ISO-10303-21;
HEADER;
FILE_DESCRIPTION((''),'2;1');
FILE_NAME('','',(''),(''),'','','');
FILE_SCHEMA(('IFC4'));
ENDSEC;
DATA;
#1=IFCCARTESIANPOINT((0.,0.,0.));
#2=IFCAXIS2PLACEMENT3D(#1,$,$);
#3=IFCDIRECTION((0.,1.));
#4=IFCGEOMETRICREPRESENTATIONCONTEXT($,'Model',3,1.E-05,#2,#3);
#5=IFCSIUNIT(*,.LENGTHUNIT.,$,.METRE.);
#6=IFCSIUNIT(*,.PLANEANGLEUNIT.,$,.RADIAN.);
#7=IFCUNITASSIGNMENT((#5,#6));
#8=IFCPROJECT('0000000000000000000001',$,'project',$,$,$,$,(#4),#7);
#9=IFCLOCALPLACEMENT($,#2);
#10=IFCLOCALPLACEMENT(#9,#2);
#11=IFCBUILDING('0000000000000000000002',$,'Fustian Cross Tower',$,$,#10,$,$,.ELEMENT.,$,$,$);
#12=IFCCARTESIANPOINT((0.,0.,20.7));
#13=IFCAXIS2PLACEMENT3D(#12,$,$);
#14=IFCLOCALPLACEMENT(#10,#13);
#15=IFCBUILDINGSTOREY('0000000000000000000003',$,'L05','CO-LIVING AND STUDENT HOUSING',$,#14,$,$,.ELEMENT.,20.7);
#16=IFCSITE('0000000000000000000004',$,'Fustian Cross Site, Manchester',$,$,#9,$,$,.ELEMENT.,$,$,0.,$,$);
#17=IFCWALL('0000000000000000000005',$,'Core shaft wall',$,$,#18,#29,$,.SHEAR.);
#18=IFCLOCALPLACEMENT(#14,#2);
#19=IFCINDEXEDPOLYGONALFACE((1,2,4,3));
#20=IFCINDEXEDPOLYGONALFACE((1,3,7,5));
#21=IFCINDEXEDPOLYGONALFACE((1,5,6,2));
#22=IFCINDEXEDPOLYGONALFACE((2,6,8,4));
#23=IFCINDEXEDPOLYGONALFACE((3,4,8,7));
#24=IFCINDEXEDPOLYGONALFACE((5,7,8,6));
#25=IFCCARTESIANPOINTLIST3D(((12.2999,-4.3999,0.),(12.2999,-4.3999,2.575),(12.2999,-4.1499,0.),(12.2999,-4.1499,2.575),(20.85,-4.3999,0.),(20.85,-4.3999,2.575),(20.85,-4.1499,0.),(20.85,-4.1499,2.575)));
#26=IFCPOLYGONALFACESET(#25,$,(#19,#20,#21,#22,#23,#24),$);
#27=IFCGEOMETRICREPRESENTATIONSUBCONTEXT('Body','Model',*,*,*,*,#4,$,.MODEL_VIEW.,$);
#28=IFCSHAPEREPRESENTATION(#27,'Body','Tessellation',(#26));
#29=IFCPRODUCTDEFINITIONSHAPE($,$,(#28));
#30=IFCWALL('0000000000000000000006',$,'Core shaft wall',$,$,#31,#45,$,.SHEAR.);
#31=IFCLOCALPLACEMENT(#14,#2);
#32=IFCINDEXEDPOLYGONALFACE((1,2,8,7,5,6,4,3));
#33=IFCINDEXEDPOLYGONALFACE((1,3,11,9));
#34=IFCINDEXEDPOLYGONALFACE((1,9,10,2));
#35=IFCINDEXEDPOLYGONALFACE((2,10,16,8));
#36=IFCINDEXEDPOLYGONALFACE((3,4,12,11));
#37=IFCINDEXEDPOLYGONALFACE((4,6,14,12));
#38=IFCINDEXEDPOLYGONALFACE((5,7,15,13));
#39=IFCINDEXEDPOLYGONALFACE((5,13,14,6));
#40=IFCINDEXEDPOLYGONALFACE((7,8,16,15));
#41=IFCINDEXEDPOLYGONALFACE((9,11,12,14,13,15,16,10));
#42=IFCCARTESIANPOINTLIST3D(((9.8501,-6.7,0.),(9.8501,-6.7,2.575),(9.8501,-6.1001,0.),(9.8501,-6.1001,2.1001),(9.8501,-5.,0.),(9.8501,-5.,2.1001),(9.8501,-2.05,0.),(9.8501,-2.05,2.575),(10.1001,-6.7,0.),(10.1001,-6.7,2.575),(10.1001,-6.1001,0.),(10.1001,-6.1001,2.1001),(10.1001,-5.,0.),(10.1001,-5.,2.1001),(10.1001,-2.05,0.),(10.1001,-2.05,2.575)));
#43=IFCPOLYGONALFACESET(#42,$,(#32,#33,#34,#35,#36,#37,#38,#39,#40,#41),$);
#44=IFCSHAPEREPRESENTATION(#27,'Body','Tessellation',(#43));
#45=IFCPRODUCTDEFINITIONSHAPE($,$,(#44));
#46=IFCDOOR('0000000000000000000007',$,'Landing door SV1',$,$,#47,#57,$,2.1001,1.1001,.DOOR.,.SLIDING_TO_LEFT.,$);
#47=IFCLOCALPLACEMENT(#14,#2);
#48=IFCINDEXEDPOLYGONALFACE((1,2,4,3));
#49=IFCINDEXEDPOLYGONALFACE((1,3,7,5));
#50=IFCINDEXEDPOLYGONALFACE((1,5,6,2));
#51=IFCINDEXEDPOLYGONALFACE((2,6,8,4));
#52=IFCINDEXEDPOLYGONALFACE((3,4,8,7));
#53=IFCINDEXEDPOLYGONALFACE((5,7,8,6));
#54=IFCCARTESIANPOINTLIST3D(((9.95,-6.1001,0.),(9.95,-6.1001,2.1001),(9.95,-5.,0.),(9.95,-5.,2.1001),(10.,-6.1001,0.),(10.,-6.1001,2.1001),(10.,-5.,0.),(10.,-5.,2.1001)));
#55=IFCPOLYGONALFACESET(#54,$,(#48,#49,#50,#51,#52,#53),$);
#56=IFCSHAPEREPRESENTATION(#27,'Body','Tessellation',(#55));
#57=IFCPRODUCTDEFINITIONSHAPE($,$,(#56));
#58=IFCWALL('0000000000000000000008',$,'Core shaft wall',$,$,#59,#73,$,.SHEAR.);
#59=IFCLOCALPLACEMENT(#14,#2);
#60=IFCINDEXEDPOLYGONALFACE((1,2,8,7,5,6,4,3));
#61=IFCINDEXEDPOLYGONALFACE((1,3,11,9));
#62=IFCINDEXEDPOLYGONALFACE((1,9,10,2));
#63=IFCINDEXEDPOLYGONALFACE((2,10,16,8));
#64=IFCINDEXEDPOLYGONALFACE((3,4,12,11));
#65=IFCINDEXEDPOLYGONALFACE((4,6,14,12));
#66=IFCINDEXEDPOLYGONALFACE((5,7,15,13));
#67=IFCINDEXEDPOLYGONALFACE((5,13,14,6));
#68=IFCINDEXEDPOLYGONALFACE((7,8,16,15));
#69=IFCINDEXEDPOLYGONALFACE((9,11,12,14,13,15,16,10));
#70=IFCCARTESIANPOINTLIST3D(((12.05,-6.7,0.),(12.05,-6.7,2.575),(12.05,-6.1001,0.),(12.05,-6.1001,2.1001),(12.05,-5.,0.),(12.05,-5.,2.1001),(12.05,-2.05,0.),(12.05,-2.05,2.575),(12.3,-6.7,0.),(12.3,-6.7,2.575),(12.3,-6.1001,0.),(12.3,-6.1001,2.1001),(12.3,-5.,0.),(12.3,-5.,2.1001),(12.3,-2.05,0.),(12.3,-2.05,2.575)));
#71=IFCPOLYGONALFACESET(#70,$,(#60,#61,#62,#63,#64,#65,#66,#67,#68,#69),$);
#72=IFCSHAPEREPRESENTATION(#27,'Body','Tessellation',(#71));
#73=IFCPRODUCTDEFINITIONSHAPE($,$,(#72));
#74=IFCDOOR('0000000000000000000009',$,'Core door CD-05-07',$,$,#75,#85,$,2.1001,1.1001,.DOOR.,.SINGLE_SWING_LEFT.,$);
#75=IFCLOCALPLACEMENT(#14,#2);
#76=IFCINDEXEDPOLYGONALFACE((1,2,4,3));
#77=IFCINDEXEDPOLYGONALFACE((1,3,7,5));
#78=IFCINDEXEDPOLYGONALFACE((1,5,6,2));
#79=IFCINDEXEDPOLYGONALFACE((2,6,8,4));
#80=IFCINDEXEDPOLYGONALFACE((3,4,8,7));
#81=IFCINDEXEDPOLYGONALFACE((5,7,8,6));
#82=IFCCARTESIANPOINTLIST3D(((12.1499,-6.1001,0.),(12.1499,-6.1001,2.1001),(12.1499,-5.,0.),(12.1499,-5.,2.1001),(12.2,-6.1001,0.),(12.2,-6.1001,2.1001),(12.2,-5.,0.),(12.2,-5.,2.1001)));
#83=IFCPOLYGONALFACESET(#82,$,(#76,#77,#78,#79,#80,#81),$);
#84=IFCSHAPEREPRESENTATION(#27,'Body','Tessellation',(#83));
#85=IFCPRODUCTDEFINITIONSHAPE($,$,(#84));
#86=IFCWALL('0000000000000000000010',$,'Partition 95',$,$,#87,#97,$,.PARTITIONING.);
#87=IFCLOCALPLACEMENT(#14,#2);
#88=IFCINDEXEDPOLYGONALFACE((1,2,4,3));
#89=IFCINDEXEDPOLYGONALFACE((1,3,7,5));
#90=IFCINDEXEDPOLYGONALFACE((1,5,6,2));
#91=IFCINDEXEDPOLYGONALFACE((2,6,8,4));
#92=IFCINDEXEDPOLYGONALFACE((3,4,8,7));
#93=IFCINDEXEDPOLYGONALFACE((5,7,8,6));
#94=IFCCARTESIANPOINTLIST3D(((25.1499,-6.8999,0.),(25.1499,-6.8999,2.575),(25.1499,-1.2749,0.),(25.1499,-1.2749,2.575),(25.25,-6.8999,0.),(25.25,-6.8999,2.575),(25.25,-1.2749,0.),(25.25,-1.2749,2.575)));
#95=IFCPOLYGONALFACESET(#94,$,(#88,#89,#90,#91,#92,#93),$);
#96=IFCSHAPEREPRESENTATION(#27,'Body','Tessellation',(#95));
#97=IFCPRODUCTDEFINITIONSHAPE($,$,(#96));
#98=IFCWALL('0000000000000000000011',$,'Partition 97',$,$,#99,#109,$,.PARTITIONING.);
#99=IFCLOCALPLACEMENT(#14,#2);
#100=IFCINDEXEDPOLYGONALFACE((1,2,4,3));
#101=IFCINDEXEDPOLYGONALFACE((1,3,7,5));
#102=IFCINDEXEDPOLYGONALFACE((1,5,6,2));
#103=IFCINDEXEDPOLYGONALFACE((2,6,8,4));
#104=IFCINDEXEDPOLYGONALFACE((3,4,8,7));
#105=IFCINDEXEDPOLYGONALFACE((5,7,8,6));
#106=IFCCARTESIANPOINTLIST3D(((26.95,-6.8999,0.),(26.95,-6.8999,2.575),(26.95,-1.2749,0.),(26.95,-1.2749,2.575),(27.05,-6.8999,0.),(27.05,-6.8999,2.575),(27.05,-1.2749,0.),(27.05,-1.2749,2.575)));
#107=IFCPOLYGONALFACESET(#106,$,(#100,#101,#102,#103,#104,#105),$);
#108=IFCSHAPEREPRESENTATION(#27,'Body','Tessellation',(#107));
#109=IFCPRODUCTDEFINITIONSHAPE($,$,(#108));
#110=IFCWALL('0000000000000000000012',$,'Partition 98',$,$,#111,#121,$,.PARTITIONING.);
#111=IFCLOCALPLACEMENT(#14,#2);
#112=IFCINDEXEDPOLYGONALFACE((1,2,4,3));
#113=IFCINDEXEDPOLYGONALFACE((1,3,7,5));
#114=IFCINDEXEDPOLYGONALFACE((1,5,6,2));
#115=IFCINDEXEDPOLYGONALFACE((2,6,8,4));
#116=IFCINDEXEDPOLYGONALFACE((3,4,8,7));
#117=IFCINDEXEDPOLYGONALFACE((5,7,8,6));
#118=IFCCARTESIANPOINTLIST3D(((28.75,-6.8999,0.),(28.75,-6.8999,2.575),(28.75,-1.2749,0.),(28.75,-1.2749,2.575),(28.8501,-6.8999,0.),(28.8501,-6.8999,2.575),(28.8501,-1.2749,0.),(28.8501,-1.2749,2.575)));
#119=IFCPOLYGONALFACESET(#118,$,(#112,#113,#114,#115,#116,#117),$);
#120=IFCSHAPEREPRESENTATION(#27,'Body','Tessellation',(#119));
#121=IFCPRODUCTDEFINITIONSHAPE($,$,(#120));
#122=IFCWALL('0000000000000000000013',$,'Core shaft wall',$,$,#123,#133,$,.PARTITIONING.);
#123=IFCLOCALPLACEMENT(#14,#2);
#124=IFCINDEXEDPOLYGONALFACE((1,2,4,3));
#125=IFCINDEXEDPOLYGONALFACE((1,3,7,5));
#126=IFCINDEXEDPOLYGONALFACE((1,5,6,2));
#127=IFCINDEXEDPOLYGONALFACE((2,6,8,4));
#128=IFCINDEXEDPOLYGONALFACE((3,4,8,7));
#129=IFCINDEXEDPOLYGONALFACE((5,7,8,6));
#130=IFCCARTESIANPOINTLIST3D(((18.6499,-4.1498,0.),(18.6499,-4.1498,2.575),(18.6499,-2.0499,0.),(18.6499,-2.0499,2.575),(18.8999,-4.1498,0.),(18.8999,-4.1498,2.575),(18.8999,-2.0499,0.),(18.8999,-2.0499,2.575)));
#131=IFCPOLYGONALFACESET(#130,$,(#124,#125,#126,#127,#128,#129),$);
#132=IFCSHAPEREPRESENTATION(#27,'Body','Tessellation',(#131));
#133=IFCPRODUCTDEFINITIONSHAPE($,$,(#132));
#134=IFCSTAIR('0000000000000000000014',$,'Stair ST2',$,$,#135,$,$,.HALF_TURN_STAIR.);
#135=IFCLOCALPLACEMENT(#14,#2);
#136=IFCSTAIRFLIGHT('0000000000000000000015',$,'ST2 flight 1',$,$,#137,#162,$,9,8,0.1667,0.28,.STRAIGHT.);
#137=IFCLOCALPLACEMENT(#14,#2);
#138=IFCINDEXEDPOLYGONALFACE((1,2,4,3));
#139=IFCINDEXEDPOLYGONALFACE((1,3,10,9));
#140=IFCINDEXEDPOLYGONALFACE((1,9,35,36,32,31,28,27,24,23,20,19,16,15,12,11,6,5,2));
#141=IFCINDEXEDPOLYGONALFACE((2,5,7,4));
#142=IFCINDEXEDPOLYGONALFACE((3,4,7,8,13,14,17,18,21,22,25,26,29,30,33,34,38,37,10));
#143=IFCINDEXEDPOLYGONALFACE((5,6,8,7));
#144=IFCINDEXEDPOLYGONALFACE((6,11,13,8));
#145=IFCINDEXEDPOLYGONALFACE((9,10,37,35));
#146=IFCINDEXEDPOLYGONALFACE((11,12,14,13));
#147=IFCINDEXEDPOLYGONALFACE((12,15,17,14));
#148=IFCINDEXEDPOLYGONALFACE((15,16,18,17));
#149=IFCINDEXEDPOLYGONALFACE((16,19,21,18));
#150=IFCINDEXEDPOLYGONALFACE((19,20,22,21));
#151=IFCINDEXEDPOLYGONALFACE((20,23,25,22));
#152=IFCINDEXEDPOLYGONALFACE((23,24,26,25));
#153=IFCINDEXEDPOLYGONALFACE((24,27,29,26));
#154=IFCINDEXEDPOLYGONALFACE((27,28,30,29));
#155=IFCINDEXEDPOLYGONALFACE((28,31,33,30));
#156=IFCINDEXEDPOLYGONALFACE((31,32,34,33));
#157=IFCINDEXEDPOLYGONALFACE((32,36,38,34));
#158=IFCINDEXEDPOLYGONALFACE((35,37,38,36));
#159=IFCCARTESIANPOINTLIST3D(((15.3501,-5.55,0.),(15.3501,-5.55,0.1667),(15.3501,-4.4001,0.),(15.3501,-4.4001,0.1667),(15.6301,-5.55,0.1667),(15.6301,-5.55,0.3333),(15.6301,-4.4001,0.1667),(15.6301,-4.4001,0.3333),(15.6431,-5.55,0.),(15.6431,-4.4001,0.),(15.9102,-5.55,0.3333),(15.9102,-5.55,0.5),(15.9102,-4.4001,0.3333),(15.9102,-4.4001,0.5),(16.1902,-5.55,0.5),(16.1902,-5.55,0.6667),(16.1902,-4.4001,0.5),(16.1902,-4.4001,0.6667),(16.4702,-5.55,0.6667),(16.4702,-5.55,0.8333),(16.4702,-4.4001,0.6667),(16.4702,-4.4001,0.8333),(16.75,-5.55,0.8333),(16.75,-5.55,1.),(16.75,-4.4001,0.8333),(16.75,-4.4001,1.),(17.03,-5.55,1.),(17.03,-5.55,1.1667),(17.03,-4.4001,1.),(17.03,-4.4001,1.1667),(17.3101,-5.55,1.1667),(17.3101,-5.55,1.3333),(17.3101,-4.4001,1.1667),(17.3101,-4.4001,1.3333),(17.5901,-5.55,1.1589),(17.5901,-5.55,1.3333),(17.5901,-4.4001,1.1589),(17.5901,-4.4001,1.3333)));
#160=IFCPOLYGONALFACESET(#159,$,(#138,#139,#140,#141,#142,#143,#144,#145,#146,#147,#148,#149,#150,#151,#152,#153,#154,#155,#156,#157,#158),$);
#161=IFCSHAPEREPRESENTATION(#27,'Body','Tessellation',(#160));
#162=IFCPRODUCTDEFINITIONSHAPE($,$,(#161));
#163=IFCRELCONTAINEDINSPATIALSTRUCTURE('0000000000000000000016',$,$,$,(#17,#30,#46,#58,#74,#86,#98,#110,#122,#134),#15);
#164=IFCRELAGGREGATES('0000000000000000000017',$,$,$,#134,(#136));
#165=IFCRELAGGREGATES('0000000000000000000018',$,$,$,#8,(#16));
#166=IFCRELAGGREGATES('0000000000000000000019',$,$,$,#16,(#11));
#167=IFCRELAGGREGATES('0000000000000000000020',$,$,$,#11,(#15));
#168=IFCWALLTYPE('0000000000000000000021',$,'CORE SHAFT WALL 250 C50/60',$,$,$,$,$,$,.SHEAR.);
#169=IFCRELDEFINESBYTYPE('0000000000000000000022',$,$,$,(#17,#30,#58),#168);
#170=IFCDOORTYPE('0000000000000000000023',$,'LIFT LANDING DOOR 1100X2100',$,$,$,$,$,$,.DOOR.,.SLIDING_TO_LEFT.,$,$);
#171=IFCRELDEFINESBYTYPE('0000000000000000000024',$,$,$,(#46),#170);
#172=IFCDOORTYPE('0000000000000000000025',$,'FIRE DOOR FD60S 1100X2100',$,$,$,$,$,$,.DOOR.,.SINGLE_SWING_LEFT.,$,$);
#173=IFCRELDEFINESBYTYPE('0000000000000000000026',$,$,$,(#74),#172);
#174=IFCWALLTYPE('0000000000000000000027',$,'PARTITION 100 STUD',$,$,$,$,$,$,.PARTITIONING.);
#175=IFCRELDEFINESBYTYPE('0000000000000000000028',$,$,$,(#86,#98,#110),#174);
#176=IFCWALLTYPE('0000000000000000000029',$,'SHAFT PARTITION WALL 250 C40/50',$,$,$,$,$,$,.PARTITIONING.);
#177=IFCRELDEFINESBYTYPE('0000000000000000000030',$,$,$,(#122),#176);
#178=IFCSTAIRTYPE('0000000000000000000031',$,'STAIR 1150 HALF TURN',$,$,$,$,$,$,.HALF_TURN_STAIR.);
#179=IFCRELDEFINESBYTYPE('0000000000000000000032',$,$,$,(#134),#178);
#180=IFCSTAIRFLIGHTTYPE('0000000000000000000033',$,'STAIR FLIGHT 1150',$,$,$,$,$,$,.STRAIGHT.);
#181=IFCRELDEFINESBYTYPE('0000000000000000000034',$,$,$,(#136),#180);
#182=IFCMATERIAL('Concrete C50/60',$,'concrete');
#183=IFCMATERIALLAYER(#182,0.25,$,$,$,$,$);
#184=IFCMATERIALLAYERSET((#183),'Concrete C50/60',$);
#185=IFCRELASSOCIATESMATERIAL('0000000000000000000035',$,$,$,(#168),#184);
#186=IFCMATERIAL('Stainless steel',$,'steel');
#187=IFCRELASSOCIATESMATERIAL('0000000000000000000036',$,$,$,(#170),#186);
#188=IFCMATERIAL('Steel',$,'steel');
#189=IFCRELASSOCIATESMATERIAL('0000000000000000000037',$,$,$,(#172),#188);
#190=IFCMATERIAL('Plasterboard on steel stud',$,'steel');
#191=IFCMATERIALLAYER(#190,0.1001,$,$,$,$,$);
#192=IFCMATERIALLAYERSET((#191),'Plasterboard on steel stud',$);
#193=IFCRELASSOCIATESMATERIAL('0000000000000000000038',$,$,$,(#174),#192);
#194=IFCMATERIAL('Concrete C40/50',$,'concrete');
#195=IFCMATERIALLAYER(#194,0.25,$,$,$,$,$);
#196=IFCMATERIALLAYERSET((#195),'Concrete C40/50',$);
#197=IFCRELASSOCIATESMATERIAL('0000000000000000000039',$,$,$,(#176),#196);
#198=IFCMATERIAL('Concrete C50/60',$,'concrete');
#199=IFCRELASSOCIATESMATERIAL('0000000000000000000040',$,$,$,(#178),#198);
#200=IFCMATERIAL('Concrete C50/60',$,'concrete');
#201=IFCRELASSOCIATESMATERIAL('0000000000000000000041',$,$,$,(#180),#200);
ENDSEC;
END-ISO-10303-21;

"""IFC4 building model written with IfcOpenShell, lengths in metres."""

from ifc_helpers import new_model, si_unit, direction, frame, frame_2d, origin, place, context, subcontext, project, spatial, polyline, rectangle, outline, extrude, material, layer, layer_set, type_object, element, fill, aggregate, save


model = new_model("IFC4")

# Units and contexts
model_context = context("Model", 3, precision=1e-05, world=origin(), true_north=direction((0.0, 1.0)))
body_context = subcontext(model_context, "Body", "Model", "MODEL_VIEW")
ifc_project = project(units=[si_unit("LENGTHUNIT", "METRE"), si_unit("PLANEANGLEUNIT", "RADIAN")], contexts=[model_context])

# Site, building, storey
site_placement = place(None, origin())
site = spatial("IfcSite", under=ifc_project, at=site_placement, Name="Fustian Cross Site, Manchester", CompositionType="ELEMENT", RefElevation=0.0)
building_placement = place(site_placement, origin())
building = spatial("IfcBuilding", under=site, at=building_placement, Name="Fustian Cross Tower", CompositionType="ELEMENT")
storey_placement = place(building_placement, frame((0.0, 0.0, 20.7)))
storey = spatial("IfcBuildingStorey", under=building, at=storey_placement, Name="L05", Description="CO-LIVING AND STUDENT HOUSING", CompositionType="ELEMENT", Elevation=20.7)

# Wall
ifc_material_1 = material(Name="Concrete C50/60", Category="concrete")
ifc_layer_1 = layer(ifc_material_1, 0.25)
ifc_layer_set_1 = layer_set([ifc_layer_1], Name="Concrete C50/60")
wall_type_1 = type_object("IfcWallType", Name="CORE SHAFT WALL 250 C50/60", PredefinedType="SHEAR", material=ifc_layer_set_1)
wall_1_placement = place(storey_placement, frame((12.3, -4.2749, 0.0), z_axis=(0.0, 0.0, 1.0), x_axis=(1.0, 0.0, 0.0)))
element("IfcWall", 1, at=wall_1_placement, inside=storey, type_object=wall_type_1, Name="Core shaft wall", PredefinedType="SHEAR", context=body_context, shape_type="SweptSolid", body=[
    extrude(rectangle(XDim=8.55, YDim=0.25, at=frame_2d((4.2749, 0.0))), origin(), (0.0, 0.0, 1.0), 2.575),
])

# Walls, openings, doors
wall_2_placement = place(storey_placement, frame((9.9751, -2.05, 0.0), z_axis=(0.0, 0.0, 1.0), x_axis=(0.0, -1.0, 0.0)))
wall_2 = element("IfcWall", 2, at=wall_2_placement, inside=storey, type_object=wall_type_1, Name="Core shaft wall", PredefinedType="SHEAR", context=body_context, shape_type="SweptSolid", body=[
    extrude(rectangle(XDim=4.6499, YDim=0.25, at=frame_2d((2.325, 0.0))), origin(), (0.0, 0.0, 1.0), 2.575),
])
opening_1_placement = place(wall_2_placement, frame((2.95, 0.0, 0.0)))
opening_1 = element("IfcOpeningElement", 3, at=opening_1_placement, cuts=wall_2, PredefinedType="OPENING", context=body_context, shape_type="SweptSolid", body=[
    extrude(rectangle(XDim=1.1001, YDim=2.1001, at=frame_2d((0.55, 1.05))), frame((0.0, 0.135, 0.0), z_axis=(0.0, -1.0, 0.0), x_axis=(1.0, 0.0, 0.0)), (0.0, 0.0, 1.0), 0.27),
])
ifc_material_2 = material(Name="Stainless steel", Category="steel")
door_type_1 = type_object("IfcDoorType", Name="LIFT LANDING DOOR 1100X2100", OperationType="SLIDING_TO_LEFT", PredefinedType="DOOR", material=ifc_material_2)
door_1_placement = place(opening_1_placement, origin())
door_1 = element("IfcDoor", 4, at=door_1_placement, inside=storey, type_object=door_type_1, Name="Landing door SV1", OperationType="SLIDING_TO_LEFT", OverallHeight=2.1001, OverallWidth=1.1001, PredefinedType="DOOR", context=body_context, shape_type="SweptSolid", body=[
    extrude(rectangle(XDim=1.1001, YDim=2.1001, at=frame_2d((0.55, 1.05))), frame((0.0, 0.0249, 0.0), z_axis=(0.0, -1.0, 0.0), x_axis=(1.0, 0.0, 0.0)), (0.0, 0.0, 1.0), 0.05),
])
fill(opening_1, door_1)
wall_3_placement = place(storey_placement, frame((12.175, -2.05, 0.0), z_axis=(0.0, 0.0, 1.0), x_axis=(0.0, -1.0, 0.0)))
wall_3 = element("IfcWall", 5, at=wall_3_placement, inside=storey, type_object=wall_type_1, Name="Core shaft wall", PredefinedType="SHEAR", context=body_context, shape_type="SweptSolid", body=[
    extrude(rectangle(XDim=4.6499, YDim=0.25, at=frame_2d((2.325, 0.0))), origin(), (0.0, 0.0, 1.0), 2.575),
])
opening_2_placement = place(wall_3_placement, frame((2.95, 0.0, 0.0)))
opening_2 = element("IfcOpeningElement", 6, at=opening_2_placement, cuts=wall_3, PredefinedType="OPENING", context=body_context, shape_type="SweptSolid", body=[
    extrude(rectangle(XDim=1.1001, YDim=2.1001, at=frame_2d((0.55, 1.05))), frame((0.0, 0.135, 0.0), z_axis=(0.0, -1.0, 0.0), x_axis=(1.0, 0.0, 0.0)), (0.0, 0.0, 1.0), 0.27),
])
ifc_material_3 = material(Name="Steel", Category="steel")
door_type_2 = type_object("IfcDoorType", Name="FIRE DOOR FD60S 1100X2100", OperationType="SINGLE_SWING_LEFT", PredefinedType="DOOR", material=ifc_material_3)
door_2_placement = place(opening_2_placement, origin())
door_2 = element("IfcDoor", 7, at=door_2_placement, inside=storey, type_object=door_type_2, Name="Core door CD-05-07", OperationType="SINGLE_SWING_LEFT", OverallHeight=2.1001, OverallWidth=1.1001, PredefinedType="DOOR", context=body_context, shape_type="SweptSolid", body=[
    extrude(rectangle(XDim=1.1001, YDim=2.1001, at=frame_2d((0.55, 1.05))), frame((0.0, 0.0249, 0.0), z_axis=(0.0, -1.0, 0.0), x_axis=(1.0, 0.0, 0.0)), (0.0, 0.0, 1.0), 0.05),
])
fill(opening_2, door_2)

# Walls
ifc_material_4 = material(Name="Plasterboard on steel stud", Category="steel")
ifc_layer_2 = layer(ifc_material_4, 0.1001)
ifc_layer_set_2 = layer_set([ifc_layer_2], Name="Plasterboard on steel stud")
wall_type_2 = type_object("IfcWallType", Name="PARTITION 100 STUD", PredefinedType="PARTITIONING", material=ifc_layer_set_2)
for number, where, z_axis, x_axis, name in (
    (8, (25.2, -6.8999, 0.0), (0.0, 0.0, 1.0), (0.0, 1.0, 0.0), "Partition 95"),
    (9, (27.0, -6.8999, 0.0), (0.0, 0.0, 1.0), (0.0, 1.0, 0.0), "Partition 97"),
    (10, (28.8, -6.8999, 0.0), (0.0, 0.0, 1.0), (0.0, 1.0, 0.0), "Partition 98"),
):
    element("IfcWall", number, at=place(storey_placement, frame(where, z_axis=z_axis, x_axis=x_axis)), inside=storey, type_object=wall_type_2, Name=name, PredefinedType="PARTITIONING", context=body_context, shape_type="SweptSolid", body=[
        extrude(rectangle(XDim=5.625, YDim=0.1001, at=frame_2d((2.8125, 0.0))), origin(), (0.0, 0.0, 1.0), 2.575),
    ])
ifc_material_5 = material(Name="Concrete C40/50", Category="concrete")
ifc_layer_3 = layer(ifc_material_5, 0.25)
ifc_layer_set_3 = layer_set([ifc_layer_3], Name="Concrete C40/50")
wall_type_3 = type_object("IfcWallType", Name="SHAFT PARTITION WALL 250 C40/50", PredefinedType="PARTITIONING", material=ifc_layer_set_3)
wall_4_placement = place(storey_placement, frame((18.7749, -2.05, 0.0), z_axis=(0.0, 0.0, 1.0), x_axis=(0.0, -1.0, 0.0)))
element("IfcWall", 11, at=wall_4_placement, inside=storey, type_object=wall_type_3, Name="Core shaft wall", PredefinedType="PARTITIONING", context=body_context, shape_type="SweptSolid", body=[
    extrude(rectangle(XDim=2.0999, YDim=0.25, at=frame_2d((1.0498, 0.0))), origin(), (0.0, 0.0, 1.0), 2.575),
])

# Stair, stair flight
ifc_material_6 = material(Name="Concrete C50/60", Category="concrete")
stair_type = type_object("IfcStairType", Name="STAIR 1150 HALF TURN", PredefinedType="HALF_TURN_STAIR", material=ifc_material_6)
stair_placement = place(storey_placement, origin())
stair = element("IfcStair", 12, at=stair_placement, inside=storey, type_object=stair_type, Name="Stair ST2", PredefinedType="HALF_TURN_STAIR")
ifc_material_7 = material(Name="Concrete C50/60", Category="concrete")
stair_flight_type = type_object("IfcStairFlightType", Name="STAIR FLIGHT 1150", PredefinedType="STRAIGHT", material=ifc_material_7)
stair_flight_1_placement = place(storey_placement, frame((15.3501, -4.9751, 0.0), z_axis=(0.0, 0.0, 1.0), x_axis=(1.0, 0.0, 0.0)))
stair_flight_1 = element("IfcStairFlight", 13, at=stair_flight_1_placement, type_object=stair_flight_type, Name="ST2 flight 1", NumberOfRisers=9, NumberOfTreads=8, PredefinedType="STRAIGHT", RiserHeight=0.1667, TreadLength=0.28, context=body_context, shape_type="SweptSolid", body=[
    extrude(outline(polyline([(0.0, 0.0), (0.0, 0.1667), (0.28, 0.1667), (0.28, 0.3333), (0.5601, 0.3333), (0.5601, 0.5), (0.8401, 0.5), (0.8401, 0.6667), (1.1201, 0.6667), (1.1201, 0.8333), (1.3999, 0.8333), (1.3999, 1.0), (1.6799, 1.0), (1.6799, 1.1667), (1.96, 1.1667), (1.96, 1.3333), (2.24, 1.3333), (2.24, 1.5), (2.24, 1.1589), (0.293, 0.0), (0.0, 0.0)])), frame((0.0, 0.575, 0.0), z_axis=(0.0, -1.0, 0.0), x_axis=(1.0, 0.0, 0.0)), (0.0, 0.0, 1.0), 1.1499),
])
aggregate(stair, [stair_flight_1])

save(model, "model.ifc")
